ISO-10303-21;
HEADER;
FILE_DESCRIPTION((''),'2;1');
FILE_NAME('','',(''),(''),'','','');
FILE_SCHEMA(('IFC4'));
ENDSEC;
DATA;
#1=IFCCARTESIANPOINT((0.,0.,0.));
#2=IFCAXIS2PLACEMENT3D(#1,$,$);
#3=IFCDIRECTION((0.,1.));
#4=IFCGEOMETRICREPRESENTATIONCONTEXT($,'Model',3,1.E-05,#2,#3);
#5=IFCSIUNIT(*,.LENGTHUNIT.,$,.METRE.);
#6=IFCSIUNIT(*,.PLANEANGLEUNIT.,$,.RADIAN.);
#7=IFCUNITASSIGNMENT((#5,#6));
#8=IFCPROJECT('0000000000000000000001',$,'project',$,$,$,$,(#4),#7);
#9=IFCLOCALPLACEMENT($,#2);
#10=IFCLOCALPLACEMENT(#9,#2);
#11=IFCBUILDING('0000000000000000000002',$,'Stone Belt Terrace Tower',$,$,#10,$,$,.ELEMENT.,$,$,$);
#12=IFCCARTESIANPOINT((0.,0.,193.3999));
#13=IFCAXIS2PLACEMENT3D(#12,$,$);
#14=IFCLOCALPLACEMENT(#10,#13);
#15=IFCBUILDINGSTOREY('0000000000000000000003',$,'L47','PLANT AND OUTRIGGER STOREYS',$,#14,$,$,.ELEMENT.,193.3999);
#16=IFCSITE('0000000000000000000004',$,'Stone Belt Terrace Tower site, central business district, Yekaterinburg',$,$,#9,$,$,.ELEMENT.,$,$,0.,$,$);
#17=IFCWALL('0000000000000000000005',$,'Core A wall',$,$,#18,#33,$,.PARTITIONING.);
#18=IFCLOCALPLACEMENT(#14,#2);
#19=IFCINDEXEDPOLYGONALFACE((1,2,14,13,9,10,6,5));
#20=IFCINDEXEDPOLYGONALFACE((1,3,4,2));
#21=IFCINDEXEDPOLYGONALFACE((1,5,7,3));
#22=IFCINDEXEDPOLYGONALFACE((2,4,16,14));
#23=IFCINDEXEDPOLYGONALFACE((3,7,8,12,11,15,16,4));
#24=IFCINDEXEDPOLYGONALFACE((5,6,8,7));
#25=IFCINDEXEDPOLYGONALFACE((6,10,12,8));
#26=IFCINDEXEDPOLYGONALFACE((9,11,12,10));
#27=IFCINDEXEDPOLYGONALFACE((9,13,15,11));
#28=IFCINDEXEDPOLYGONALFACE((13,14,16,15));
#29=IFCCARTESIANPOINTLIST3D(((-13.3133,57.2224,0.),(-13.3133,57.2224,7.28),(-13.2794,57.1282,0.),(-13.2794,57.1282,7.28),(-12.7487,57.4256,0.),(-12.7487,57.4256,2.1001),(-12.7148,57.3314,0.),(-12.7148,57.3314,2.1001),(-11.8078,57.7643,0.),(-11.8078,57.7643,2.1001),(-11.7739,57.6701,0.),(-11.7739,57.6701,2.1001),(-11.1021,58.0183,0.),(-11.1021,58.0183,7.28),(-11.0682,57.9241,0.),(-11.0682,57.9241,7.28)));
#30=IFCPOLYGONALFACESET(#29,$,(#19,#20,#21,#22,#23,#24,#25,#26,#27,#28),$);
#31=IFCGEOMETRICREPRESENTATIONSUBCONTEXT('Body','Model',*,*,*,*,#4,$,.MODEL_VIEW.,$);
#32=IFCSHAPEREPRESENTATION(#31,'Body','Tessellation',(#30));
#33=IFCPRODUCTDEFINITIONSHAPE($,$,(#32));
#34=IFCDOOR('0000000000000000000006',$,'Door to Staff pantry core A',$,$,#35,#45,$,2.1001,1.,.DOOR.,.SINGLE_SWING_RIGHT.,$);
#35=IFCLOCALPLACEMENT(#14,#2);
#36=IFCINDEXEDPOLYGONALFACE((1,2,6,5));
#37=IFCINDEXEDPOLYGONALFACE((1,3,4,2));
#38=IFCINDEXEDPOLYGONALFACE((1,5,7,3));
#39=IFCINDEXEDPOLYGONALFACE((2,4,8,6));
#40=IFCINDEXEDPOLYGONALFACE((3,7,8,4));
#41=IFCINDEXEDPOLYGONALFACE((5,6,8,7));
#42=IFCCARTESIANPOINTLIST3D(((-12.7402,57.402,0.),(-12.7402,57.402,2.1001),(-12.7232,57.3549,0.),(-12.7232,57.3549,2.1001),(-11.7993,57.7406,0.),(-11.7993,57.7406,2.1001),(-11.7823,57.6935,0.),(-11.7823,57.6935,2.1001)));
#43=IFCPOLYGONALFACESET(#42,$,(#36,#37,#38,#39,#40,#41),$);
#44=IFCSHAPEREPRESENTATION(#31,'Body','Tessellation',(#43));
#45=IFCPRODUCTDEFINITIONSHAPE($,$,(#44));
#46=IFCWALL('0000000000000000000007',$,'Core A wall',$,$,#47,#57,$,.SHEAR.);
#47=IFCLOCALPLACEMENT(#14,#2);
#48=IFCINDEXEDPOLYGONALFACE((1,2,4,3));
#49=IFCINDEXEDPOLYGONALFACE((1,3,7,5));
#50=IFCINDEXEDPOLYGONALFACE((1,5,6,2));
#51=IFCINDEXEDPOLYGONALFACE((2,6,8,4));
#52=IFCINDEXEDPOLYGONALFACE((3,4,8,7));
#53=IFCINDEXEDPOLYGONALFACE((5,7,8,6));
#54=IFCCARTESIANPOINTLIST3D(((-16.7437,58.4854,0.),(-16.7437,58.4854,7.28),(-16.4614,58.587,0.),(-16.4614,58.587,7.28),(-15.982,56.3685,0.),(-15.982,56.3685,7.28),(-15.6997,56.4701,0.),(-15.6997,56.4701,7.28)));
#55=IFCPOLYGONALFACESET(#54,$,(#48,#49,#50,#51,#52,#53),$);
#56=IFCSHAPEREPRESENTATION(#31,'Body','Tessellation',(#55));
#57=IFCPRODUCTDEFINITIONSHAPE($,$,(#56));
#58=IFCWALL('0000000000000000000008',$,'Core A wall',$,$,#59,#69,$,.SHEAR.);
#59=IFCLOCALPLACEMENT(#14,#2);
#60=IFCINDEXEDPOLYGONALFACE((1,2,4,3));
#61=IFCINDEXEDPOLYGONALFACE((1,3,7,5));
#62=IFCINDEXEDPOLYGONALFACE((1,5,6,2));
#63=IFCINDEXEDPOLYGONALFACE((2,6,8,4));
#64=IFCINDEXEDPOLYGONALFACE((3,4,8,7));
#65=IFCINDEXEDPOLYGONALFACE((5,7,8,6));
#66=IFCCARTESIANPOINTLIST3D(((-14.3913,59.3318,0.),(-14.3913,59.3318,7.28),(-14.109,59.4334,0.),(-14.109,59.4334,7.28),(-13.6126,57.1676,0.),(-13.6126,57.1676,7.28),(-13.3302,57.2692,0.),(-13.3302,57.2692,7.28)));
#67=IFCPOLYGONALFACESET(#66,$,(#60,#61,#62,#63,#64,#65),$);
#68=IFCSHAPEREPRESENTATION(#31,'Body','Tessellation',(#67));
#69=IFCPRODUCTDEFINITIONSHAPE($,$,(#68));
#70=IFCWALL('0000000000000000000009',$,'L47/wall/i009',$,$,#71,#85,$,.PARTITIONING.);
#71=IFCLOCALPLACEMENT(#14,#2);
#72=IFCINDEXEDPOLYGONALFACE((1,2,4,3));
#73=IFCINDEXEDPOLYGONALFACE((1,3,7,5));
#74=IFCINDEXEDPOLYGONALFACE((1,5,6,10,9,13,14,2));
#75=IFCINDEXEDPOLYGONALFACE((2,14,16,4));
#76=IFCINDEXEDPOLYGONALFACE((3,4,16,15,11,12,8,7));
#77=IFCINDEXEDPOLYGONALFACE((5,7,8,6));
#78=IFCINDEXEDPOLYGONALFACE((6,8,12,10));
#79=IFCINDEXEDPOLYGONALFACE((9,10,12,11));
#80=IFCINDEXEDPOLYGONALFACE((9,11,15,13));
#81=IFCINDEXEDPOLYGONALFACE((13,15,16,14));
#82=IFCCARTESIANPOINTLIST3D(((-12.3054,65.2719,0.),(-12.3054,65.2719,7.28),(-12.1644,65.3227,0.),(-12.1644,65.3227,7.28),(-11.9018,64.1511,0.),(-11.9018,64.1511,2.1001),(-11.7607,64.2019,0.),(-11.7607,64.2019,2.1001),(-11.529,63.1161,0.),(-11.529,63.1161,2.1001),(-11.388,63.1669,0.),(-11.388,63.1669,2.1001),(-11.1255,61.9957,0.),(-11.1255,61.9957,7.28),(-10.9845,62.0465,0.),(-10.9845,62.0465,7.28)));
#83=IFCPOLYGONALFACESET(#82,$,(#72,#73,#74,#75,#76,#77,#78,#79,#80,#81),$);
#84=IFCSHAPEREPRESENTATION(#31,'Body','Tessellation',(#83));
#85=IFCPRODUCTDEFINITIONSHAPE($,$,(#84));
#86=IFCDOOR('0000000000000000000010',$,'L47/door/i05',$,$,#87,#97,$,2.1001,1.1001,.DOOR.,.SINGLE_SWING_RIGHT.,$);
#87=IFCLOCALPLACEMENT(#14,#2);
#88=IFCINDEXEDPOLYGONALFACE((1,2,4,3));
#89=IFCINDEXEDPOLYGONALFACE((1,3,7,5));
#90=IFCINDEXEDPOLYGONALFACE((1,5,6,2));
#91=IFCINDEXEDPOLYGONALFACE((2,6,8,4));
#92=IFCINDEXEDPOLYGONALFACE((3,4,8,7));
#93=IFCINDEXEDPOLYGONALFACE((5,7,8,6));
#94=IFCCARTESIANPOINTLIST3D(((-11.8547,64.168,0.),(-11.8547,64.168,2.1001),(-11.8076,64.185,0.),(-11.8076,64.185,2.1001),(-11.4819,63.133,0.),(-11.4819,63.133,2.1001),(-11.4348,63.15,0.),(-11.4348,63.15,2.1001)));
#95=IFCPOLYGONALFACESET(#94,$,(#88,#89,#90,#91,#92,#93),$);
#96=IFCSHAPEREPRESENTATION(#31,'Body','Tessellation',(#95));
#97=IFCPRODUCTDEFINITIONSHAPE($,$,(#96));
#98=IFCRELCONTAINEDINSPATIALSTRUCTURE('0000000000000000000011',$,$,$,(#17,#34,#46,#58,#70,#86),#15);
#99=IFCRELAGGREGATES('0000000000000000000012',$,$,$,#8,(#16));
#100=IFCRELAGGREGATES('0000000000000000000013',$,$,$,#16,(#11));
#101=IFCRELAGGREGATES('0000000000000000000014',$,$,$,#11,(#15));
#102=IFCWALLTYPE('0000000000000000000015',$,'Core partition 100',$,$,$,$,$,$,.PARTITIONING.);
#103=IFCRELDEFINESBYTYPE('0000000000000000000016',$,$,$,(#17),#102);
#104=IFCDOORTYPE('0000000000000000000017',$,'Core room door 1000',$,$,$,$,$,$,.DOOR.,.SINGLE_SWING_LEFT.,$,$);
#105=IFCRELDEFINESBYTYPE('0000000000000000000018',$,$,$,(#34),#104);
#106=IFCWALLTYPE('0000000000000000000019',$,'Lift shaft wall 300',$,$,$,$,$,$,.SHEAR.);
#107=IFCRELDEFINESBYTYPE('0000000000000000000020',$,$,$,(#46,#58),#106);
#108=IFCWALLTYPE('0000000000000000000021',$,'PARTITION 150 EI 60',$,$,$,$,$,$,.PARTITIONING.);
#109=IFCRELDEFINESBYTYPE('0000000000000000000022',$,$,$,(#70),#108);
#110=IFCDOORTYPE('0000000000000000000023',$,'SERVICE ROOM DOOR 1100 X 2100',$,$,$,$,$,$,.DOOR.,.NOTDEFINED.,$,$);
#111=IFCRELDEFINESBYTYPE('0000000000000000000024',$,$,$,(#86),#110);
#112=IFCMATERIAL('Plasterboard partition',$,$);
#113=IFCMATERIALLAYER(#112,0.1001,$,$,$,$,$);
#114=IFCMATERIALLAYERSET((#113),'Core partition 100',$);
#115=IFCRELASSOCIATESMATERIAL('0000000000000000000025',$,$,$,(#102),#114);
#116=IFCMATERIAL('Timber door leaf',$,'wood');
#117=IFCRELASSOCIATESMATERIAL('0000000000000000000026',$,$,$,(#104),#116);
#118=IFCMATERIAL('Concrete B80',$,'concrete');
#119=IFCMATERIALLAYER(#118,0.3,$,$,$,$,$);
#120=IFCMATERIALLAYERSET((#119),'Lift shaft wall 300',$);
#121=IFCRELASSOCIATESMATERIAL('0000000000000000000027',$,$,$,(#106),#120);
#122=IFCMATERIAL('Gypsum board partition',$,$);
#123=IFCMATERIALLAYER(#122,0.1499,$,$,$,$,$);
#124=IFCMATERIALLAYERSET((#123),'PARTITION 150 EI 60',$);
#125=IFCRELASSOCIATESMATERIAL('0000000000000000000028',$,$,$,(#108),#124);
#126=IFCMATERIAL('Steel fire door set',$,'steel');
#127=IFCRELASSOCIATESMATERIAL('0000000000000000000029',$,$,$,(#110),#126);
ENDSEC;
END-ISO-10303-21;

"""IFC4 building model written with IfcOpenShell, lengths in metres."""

from ifc_helpers import new_model, si_unit, direction, frame, frame_2d, origin, place, context, subcontext, project, spatial, rectangle, extrude, material, layer, layer_set, type_object, element, fill, save


model = new_model("IFC4")

# Units and contexts
model_context = context("Model", 3, precision=1e-05, world=origin(), true_north=direction((0.0, 1.0)))
body_context = subcontext(model_context, "Body", "Model", "MODEL_VIEW")
ifc_project = project(units=[si_unit("LENGTHUNIT", "METRE"), si_unit("PLANEANGLEUNIT", "RADIAN")], contexts=[model_context])

# Site, building, storey
site_placement = place(None, origin())
site = spatial("IfcSite", under=ifc_project, at=site_placement, Name="Stone Belt Terrace Tower site, central business district, Yekaterinburg", CompositionType="ELEMENT", RefElevation=0.0)
building_placement = place(site_placement, origin())
building = spatial("IfcBuilding", under=site, at=building_placement, Name="Stone Belt Terrace Tower", CompositionType="ELEMENT")
storey_placement = place(building_placement, frame((0.0, 0.0, 193.3999)))
storey = spatial("IfcBuildingStorey", under=building, at=storey_placement, Name="L47", Description="PLANT AND OUTRIGGER STOREYS", CompositionType="ELEMENT", Elevation=193.3999)

# Shared definitions
ifc_material_1 = material(Name="Concrete B80", Category="concrete")

# Wall, opening, door
ifc_material_2 = material(Name="Plasterboard partition")
ifc_layer_1 = layer(ifc_material_2, 0.1001)
ifc_layer_set_1 = layer_set([ifc_layer_1], Name="Core partition 100")
wall_type_1 = type_object("IfcWallType", Name="Core partition 100", PredefinedType="PARTITIONING", material=ifc_layer_set_1)
wall_1_placement = place(storey_placement, frame((-13.2964, 57.1753, 0.0), z_axis=(0.0, 0.0, 1.0), x_axis=(0.940905, 0.338672, 0.0)))
wall_1 = element("IfcWall", 1, at=wall_1_placement, inside=storey, type_object=wall_type_1, Name="Core A wall", PredefinedType="PARTITIONING", context=body_context, shape_type="SweptSolid", body=[
    extrude(rectangle(XDim=2.3501, YDim=0.1001, at=frame_2d((1.175, 0.0))), origin(), (0.0, 0.0, 1.0), 7.28),
])
opening_1_placement = place(wall_1_placement, frame((0.6001, 0.0, 0.0)))
opening_1 = element("IfcOpeningElement", 2, at=opening_1_placement, cuts=wall_1, PredefinedType="OPENING", context=body_context, shape_type="SweptSolid", body=[
    extrude(rectangle(XDim=1.0, YDim=2.1001, at=frame_2d((0.5, 1.05))), frame((0.0, 0.0601, 0.0), z_axis=(0.0, -1.0, 0.0), x_axis=(1.0, 0.0, 0.0)), (0.0, 0.0, 1.0), 0.1201),
])
ifc_material_3 = material(Name="Timber door leaf", Category="wood")
door_type_1 = type_object("IfcDoorType", Name="Core room door 1000", OperationType="SINGLE_SWING_LEFT", PredefinedType="DOOR", material=ifc_material_3)
door_1_placement = place(opening_1_placement, origin())
door_1 = element("IfcDoor", 3, at=door_1_placement, inside=storey, type_object=door_type_1, Name="Door to Staff pantry core A", OperationType="SINGLE_SWING_RIGHT", OverallHeight=2.1001, OverallWidth=1.0, PredefinedType="DOOR", context=body_context, shape_type="SweptSolid", body=[
    extrude(rectangle(XDim=1.0, YDim=2.1001, at=frame_2d((0.5, 1.05))), frame((0.0, 0.0249, 0.0), z_axis=(0.0, -1.0, 0.0), x_axis=(1.0, 0.0, 0.0)), (0.0, 0.0, 1.0), 0.05),
])
fill(opening_1, door_1)

# Walls
ifc_layer_2 = layer(ifc_material_1, 0.3)
ifc_layer_set_2 = layer_set([ifc_layer_2], Name="Lift shaft wall 300")
wall_type_2 = type_object("IfcWallType", Name="Lift shaft wall 300", PredefinedType="SHEAR", material=ifc_layer_set_2)
wall_2_placement = place(storey_placement, frame((-15.8408, 56.4192, 0.0), z_axis=(0.0, 0.0, 1.0), x_axis=(-0.33857, 0.940941, 0.0)))
element("IfcWall", 4, at=wall_2_placement, inside=storey, type_object=wall_type_2, Name="Core A wall", PredefinedType="SHEAR", context=body_context, shape_type="SweptSolid", body=[
    extrude(rectangle(XDim=2.2498, YDim=0.3, at=frame_2d((1.125, 0.0))), origin(), (0.0, 0.0, 1.0), 7.28),
])
wall_3_placement = place(storey_placement, frame((-13.4714, 57.2185, 0.0), z_axis=(0.0, 0.0, 1.0), x_axis=(-0.338588, 0.940935, 0.0)))
element("IfcWall", 5, at=wall_3_placement, inside=storey, type_object=wall_type_2, Name="Core A wall", PredefinedType="SHEAR", context=body_context, shape_type="SweptSolid", body=[
    extrude(rectangle(XDim=2.3, YDim=0.3, at=frame_2d((1.1499, 0.0))), origin(), (0.0, 0.0, 1.0), 7.28),
])

# Wall, opening, door
ifc_material_4 = material(Name="Gypsum board partition")
ifc_layer_3 = layer(ifc_material_4, 0.1499)
ifc_layer_set_3 = layer_set([ifc_layer_3], Name="PARTITION 150 EI 60")
wall_type_3 = type_object("IfcWallType", Name="PARTITION 150 EI 60", PredefinedType="PARTITIONING", material=ifc_layer_set_3)
wall_4_placement = place(storey_placement, frame((-11.0549, 62.021, 0.0), z_axis=(0.0, 0.0, 1.0), x_axis=(-0.338854, 0.940839, 0.0)))
wall_4 = element("IfcWall", 6, at=wall_4_placement, inside=storey, type_object=wall_type_3, Name="L47/wall/i009", PredefinedType="PARTITIONING", context=body_context, shape_type="SweptSolid", body=[
    extrude(rectangle(XDim=3.4822, YDim=0.1499, at=frame_2d((1.7412, 0.0))), origin(), (0.0, 0.0, 1.0), 7.28),
])
opening_2_placement = place(wall_4_placement, frame((1.1909, 0.0, 0.0)))
opening_2 = element("IfcOpeningElement", 7, at=opening_2_placement, cuts=wall_4, PredefinedType="OPENING", context=body_context, shape_type="SweptSolid", body=[
    extrude(rectangle(XDim=1.1001, YDim=2.1001, at=frame_2d((0.55, 1.05))), frame((0.0, 0.085, 0.0), z_axis=(0.0, -1.0, 0.0), x_axis=(1.0, 0.0, 0.0)), (0.0, 0.0, 1.0), 0.1699),
])
ifc_material_5 = material(Name="Steel fire door set", Category="steel")
door_type_2 = type_object("IfcDoorType", Name="SERVICE ROOM DOOR 1100 X 2100", OperationType="NOTDEFINED", PredefinedType="DOOR", material=ifc_material_5)
door_2_placement = place(opening_2_placement, origin())
door_2 = element("IfcDoor", 8, at=door_2_placement, inside=storey, type_object=door_type_2, Name="L47/door/i05", OperationType="SINGLE_SWING_RIGHT", OverallHeight=2.1001, OverallWidth=1.1001, PredefinedType="DOOR", context=body_context, shape_type="SweptSolid", body=[
    extrude(rectangle(XDim=1.1001, YDim=2.1001, at=frame_2d((0.55, 1.05))), frame((0.0, 0.0249, 0.0), z_axis=(0.0, -1.0, 0.0), x_axis=(1.0, 0.0, 0.0)), (0.0, 0.0, 1.0), 0.05),
])
fill(opening_2, door_2)

save(model, "model.ifc")
